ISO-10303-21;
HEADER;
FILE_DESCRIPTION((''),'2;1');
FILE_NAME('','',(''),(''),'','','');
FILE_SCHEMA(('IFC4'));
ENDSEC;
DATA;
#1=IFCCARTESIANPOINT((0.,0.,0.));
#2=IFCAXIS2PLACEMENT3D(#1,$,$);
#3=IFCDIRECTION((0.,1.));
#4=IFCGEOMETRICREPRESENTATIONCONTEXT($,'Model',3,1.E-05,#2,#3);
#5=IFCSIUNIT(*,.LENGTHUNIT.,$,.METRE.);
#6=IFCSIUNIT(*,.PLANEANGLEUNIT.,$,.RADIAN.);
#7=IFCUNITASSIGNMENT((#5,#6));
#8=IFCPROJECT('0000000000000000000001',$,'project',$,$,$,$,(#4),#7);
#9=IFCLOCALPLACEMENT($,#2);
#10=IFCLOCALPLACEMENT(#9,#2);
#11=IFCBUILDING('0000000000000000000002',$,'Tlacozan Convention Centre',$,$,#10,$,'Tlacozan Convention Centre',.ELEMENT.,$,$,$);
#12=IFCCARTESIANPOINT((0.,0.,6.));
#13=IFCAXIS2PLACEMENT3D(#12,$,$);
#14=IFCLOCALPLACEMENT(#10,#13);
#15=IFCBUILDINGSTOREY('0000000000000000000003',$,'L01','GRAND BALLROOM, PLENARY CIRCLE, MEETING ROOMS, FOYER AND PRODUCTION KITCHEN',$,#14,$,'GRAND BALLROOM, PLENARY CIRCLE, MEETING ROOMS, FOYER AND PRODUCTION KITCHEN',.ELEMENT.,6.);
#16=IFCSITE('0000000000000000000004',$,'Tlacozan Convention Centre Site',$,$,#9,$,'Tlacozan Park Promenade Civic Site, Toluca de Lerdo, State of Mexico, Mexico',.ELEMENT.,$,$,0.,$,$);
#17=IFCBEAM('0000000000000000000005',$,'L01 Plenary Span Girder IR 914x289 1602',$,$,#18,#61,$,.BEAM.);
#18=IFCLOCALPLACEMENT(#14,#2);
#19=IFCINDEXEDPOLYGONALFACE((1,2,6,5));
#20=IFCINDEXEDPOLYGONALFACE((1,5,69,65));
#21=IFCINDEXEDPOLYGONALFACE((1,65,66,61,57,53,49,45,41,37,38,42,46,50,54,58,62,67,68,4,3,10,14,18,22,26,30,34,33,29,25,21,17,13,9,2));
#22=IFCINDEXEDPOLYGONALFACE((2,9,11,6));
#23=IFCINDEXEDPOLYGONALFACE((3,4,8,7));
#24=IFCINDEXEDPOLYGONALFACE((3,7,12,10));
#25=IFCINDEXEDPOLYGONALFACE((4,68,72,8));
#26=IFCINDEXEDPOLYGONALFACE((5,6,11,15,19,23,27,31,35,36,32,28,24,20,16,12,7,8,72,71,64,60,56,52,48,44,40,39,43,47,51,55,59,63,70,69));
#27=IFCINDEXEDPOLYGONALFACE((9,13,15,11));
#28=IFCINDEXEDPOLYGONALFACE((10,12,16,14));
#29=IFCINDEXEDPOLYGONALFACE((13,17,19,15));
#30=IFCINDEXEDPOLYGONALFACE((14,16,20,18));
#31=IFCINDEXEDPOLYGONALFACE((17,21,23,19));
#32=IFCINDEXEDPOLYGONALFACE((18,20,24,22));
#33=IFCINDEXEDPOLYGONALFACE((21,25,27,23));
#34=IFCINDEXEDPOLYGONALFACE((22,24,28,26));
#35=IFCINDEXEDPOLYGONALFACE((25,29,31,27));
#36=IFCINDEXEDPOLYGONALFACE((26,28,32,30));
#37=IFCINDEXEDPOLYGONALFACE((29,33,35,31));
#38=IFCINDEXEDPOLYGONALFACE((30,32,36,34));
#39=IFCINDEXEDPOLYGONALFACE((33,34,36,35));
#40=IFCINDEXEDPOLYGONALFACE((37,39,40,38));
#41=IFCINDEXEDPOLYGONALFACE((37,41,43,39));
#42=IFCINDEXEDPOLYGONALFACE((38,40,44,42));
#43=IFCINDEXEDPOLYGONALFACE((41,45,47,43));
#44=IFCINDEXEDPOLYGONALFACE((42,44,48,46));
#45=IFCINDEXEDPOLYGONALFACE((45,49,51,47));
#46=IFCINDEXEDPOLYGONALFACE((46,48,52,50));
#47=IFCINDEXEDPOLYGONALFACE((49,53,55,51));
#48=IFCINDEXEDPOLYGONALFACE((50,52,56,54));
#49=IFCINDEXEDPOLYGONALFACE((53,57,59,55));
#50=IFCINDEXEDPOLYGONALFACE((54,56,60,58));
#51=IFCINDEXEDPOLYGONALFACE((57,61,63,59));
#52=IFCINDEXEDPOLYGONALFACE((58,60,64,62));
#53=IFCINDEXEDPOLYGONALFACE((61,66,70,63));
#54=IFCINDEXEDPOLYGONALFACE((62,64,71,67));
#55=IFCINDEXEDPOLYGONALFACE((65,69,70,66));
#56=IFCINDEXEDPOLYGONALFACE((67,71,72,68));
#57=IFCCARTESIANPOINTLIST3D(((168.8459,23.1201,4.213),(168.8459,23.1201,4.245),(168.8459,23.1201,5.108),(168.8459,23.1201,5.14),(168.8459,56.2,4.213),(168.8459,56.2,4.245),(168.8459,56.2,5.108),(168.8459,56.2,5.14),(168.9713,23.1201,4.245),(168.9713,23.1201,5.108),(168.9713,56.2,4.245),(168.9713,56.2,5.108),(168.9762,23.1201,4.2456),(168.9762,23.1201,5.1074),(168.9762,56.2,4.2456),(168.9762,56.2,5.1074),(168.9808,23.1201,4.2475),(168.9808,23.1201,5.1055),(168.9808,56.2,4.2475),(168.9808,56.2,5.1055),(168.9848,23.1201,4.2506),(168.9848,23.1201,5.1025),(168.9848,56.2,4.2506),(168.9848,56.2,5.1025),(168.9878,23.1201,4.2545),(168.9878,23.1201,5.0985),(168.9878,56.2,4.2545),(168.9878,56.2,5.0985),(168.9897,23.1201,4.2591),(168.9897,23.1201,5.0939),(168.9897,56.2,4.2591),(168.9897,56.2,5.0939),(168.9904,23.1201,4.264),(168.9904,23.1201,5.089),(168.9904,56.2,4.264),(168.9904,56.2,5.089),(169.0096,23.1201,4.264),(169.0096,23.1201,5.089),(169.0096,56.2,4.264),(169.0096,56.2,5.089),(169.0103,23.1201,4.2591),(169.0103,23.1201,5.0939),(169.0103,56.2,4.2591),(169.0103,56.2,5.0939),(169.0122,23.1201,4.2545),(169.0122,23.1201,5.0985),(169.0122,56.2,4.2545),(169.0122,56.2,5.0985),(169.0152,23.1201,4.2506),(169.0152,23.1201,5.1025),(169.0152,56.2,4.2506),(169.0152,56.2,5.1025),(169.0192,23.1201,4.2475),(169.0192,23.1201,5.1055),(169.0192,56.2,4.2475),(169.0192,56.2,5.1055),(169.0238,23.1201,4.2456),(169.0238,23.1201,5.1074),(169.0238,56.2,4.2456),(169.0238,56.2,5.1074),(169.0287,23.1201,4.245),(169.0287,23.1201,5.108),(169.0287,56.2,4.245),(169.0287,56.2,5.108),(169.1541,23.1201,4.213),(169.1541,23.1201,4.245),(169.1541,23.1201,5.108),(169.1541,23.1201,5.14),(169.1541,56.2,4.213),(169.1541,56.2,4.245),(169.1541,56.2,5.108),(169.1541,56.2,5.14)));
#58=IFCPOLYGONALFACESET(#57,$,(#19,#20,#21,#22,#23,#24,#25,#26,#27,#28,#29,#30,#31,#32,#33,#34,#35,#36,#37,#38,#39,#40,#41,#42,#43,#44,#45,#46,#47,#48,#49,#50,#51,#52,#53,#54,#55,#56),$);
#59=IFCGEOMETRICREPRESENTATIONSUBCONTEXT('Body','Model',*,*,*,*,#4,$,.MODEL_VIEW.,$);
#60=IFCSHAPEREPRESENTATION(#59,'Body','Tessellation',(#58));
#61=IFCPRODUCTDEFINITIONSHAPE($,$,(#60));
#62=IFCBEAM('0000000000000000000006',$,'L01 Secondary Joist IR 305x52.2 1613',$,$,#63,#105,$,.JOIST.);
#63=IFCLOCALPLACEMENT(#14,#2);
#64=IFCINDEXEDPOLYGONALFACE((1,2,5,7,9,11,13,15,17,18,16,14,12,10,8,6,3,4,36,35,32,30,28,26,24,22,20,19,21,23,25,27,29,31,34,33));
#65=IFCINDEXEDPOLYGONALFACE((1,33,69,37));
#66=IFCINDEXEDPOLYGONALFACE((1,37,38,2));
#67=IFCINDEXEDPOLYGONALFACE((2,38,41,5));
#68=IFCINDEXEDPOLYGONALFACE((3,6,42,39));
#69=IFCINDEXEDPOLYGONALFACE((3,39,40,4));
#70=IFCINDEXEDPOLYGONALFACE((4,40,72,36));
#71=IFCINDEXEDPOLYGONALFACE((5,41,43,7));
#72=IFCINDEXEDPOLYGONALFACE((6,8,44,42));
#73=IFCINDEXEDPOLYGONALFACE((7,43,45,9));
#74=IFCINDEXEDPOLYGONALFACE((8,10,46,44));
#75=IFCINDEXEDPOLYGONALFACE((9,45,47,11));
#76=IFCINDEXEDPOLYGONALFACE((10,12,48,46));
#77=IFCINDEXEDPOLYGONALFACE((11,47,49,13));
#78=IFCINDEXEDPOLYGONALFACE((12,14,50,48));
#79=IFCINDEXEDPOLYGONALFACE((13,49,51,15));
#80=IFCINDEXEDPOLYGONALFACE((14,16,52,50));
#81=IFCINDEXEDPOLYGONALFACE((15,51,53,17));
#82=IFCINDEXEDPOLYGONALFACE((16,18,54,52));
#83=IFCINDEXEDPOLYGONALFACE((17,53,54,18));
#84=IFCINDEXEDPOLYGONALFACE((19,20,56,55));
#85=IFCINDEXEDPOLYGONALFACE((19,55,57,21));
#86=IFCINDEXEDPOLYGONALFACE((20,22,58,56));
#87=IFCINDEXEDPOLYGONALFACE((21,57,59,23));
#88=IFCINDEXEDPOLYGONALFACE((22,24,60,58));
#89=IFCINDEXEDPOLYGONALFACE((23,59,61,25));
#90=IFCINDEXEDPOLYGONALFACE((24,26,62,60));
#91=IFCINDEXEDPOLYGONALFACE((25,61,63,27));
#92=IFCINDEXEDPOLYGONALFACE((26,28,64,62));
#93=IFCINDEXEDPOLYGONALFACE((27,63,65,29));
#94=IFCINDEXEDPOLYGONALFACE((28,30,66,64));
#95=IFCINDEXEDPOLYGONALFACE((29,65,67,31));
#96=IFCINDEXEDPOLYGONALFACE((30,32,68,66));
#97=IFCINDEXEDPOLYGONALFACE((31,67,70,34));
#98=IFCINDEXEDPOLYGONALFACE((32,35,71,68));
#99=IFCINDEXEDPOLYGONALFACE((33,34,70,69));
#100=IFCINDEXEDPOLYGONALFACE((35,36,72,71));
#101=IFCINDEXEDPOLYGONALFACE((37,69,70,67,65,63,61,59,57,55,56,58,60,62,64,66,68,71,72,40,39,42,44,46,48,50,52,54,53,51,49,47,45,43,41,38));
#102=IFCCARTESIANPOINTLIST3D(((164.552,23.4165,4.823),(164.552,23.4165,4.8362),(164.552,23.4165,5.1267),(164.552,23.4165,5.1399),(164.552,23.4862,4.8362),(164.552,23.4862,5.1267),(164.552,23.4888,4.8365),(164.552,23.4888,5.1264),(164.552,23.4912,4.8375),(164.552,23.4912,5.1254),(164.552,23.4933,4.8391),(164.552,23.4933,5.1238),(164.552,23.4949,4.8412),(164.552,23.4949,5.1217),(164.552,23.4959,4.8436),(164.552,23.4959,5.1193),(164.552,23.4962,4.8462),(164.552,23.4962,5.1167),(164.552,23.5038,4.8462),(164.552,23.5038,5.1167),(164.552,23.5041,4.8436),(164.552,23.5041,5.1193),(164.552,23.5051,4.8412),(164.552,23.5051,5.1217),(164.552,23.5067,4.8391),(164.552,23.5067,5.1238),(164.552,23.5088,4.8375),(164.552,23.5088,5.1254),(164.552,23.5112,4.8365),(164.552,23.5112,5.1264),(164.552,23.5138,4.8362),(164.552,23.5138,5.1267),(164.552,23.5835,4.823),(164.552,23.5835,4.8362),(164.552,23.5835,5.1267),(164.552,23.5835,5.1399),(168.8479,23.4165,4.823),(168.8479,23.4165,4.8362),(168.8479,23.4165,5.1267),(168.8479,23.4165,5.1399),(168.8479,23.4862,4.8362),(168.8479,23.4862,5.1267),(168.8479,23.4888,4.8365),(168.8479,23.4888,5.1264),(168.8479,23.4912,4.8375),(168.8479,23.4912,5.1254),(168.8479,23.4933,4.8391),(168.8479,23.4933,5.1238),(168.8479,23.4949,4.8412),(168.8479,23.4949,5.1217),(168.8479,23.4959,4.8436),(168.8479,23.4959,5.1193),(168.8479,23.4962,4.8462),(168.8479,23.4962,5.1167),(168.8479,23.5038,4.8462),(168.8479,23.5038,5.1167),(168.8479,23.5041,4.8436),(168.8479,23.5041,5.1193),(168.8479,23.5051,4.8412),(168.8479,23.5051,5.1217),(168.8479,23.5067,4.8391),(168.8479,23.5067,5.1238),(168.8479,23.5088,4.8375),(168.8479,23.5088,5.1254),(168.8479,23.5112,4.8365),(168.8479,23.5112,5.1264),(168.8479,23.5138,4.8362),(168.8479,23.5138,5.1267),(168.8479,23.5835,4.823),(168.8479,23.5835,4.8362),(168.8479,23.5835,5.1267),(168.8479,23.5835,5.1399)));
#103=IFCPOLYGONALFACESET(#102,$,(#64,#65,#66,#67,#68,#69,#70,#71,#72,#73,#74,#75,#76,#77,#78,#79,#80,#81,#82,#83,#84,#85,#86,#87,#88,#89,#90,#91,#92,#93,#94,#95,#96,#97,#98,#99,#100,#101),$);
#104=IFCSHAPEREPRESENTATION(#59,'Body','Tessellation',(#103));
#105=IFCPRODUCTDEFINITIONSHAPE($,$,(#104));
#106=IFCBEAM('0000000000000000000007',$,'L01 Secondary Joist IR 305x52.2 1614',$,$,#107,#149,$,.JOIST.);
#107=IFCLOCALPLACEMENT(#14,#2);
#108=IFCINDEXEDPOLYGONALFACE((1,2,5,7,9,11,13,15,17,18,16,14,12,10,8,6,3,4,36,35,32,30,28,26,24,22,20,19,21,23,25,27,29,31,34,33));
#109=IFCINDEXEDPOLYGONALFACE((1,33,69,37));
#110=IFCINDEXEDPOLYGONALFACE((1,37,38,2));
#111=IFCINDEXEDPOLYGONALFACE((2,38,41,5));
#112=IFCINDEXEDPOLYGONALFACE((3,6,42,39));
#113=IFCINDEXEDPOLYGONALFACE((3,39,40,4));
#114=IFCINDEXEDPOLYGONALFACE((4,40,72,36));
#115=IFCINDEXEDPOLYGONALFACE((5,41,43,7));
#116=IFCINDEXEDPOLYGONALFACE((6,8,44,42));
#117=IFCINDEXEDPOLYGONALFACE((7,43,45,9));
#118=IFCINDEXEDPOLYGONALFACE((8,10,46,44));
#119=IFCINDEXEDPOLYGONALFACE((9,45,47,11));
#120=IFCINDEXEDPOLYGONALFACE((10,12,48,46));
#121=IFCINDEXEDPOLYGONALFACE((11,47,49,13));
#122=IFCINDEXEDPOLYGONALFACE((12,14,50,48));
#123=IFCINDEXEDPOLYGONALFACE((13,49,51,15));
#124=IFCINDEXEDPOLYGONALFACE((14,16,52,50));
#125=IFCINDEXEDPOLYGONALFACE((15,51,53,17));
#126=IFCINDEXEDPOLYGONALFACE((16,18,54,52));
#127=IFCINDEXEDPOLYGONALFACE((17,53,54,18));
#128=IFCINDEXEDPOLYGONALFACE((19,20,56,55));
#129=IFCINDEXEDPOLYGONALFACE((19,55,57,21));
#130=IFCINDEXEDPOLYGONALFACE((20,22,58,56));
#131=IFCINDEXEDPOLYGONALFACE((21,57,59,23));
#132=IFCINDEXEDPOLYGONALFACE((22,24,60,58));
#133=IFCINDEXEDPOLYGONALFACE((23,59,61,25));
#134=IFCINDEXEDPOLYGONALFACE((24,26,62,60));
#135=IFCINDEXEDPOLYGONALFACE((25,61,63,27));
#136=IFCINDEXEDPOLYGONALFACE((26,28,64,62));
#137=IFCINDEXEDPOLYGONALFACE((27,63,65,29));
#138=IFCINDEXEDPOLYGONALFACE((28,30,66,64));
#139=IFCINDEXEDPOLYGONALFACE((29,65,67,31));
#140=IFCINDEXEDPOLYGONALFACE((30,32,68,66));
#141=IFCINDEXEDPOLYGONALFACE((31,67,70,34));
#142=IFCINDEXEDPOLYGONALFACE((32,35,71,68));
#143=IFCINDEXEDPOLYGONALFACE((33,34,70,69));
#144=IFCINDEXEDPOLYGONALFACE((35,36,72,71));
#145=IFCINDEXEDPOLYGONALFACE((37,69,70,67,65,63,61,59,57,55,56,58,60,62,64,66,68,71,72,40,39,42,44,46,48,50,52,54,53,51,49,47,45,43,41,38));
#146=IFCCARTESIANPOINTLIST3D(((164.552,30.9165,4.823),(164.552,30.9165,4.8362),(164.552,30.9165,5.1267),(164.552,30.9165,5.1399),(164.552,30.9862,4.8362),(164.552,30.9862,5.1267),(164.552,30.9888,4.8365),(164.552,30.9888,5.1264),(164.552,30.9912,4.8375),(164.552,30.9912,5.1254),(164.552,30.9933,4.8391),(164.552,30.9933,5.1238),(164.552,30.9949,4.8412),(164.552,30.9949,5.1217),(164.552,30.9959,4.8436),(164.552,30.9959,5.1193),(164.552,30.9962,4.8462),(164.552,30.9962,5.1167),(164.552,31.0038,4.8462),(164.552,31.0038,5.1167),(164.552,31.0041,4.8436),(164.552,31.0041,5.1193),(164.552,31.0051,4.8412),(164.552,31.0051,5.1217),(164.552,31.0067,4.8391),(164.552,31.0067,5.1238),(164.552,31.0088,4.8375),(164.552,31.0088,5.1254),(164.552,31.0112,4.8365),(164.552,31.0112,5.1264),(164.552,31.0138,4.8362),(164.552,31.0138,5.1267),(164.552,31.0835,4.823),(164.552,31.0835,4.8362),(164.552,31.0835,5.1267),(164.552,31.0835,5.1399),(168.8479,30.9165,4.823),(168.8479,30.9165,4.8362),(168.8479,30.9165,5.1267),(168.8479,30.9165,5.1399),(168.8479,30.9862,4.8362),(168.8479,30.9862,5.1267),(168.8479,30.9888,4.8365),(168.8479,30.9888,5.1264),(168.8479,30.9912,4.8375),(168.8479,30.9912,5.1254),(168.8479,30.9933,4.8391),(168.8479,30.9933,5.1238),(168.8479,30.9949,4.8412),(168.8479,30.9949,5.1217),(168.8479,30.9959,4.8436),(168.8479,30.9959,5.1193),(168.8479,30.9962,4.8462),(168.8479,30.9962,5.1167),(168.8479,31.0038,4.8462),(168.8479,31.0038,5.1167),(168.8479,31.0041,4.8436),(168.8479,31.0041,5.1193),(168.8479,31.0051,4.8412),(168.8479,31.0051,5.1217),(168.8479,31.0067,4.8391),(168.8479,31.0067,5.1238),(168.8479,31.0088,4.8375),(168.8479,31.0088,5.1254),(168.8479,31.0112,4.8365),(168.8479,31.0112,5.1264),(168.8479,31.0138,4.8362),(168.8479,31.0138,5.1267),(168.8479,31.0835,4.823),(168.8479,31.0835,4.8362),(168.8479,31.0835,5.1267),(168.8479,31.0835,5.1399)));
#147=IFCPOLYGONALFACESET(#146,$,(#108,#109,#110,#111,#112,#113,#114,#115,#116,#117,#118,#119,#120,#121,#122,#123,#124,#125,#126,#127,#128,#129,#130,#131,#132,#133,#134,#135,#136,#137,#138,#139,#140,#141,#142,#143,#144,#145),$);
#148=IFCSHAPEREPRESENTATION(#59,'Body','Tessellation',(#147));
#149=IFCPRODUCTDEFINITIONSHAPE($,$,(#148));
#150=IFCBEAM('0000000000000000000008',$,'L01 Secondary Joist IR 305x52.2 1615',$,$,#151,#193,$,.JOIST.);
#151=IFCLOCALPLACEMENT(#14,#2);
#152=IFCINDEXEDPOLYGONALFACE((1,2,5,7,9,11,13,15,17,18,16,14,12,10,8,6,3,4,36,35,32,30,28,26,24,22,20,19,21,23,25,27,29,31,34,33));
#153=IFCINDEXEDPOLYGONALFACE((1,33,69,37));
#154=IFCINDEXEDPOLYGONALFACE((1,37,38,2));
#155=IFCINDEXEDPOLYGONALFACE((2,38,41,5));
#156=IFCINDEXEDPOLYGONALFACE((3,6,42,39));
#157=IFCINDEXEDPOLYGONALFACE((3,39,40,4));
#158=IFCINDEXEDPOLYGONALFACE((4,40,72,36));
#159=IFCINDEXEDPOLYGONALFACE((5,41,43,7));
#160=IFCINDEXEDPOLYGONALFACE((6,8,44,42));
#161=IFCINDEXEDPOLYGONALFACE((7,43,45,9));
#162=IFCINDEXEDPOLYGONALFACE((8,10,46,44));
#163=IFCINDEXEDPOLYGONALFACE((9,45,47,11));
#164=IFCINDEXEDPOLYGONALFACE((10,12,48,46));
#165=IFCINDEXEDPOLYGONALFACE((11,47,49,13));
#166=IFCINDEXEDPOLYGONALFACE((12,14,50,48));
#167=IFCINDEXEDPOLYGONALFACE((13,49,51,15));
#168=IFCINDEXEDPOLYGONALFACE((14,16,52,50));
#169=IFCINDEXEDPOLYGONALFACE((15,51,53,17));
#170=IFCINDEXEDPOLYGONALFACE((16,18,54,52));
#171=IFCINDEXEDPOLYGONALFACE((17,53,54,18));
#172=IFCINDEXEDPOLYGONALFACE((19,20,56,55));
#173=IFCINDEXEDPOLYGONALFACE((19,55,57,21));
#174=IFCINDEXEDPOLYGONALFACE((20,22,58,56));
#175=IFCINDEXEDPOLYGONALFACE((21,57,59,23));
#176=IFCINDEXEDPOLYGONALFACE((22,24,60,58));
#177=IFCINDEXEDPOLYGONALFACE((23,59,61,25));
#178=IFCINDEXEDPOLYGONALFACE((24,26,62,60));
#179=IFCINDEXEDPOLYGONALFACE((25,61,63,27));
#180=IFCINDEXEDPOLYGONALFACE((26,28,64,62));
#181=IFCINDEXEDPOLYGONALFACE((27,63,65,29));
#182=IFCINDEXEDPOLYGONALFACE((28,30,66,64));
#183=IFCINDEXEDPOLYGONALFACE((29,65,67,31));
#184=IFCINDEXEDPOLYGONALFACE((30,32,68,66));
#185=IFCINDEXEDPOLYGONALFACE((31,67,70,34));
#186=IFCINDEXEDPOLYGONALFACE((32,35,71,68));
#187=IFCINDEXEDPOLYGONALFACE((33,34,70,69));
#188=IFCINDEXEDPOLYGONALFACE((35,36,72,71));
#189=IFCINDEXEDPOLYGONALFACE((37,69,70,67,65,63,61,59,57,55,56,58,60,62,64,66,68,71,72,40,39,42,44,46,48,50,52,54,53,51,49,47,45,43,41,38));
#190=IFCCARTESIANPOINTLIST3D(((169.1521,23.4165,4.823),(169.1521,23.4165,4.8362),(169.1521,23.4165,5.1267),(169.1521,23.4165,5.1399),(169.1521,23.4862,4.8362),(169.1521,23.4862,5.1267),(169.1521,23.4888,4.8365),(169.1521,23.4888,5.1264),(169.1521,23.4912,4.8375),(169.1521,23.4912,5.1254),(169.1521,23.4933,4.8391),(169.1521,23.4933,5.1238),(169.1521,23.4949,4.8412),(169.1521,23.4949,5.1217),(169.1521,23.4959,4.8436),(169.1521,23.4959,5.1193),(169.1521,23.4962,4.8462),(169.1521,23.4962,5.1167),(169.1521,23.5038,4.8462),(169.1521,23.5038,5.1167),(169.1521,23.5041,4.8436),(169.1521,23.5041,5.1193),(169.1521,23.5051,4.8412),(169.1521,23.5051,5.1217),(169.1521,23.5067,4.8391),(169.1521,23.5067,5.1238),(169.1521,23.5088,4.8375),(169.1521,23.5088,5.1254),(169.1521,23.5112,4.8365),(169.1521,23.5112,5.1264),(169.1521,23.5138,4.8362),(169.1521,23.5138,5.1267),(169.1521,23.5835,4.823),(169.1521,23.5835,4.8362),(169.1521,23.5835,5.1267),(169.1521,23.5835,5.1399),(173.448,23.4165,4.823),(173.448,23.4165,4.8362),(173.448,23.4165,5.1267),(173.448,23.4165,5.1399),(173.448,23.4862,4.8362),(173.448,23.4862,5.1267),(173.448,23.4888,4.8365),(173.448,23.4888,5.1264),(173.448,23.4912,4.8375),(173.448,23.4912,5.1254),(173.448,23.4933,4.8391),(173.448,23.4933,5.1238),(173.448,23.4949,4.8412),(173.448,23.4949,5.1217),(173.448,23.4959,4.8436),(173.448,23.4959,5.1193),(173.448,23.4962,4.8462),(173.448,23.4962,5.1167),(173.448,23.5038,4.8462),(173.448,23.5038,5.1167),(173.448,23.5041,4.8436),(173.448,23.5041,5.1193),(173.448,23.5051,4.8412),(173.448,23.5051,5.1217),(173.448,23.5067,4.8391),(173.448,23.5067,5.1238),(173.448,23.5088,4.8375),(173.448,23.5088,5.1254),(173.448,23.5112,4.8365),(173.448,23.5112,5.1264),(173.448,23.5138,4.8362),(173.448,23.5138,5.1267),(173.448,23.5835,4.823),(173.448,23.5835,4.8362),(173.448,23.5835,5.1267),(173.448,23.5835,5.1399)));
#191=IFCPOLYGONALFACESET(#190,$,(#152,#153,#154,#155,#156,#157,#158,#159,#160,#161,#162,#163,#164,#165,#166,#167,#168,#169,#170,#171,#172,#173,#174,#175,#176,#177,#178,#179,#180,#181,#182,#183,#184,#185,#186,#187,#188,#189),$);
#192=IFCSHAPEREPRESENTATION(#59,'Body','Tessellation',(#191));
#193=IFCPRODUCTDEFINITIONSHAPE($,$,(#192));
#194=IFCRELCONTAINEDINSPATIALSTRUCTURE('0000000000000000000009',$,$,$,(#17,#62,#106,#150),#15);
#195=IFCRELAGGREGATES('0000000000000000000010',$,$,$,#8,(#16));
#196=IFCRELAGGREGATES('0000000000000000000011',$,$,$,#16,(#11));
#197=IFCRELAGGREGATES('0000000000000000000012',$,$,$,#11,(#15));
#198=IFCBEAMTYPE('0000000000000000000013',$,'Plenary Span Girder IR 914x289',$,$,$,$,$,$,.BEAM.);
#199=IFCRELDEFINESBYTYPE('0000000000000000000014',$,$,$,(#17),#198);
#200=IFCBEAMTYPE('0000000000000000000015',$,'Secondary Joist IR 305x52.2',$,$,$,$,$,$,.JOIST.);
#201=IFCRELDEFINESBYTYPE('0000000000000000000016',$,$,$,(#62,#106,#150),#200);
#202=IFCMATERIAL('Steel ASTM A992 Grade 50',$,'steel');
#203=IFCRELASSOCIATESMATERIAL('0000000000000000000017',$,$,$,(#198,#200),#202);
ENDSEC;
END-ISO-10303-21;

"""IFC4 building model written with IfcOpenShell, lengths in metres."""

from ifc_helpers import new_model, si_unit, direction, frame, origin, origin_2d, place, context, subcontext, project, spatial, i_section, extrude, material, material_profile, profile_set, type_object, element, save


model = new_model("IFC4")

# Units and contexts
model_context = context("Model", 3, precision=1e-05, world=origin(), true_north=direction((0.0, 1.0)))
body_context = subcontext(model_context, "Body", "Model", "MODEL_VIEW")
ifc_project = project(units=[si_unit("LENGTHUNIT", "METRE"), si_unit("PLANEANGLEUNIT", "RADIAN")], contexts=[model_context])

# Site, building, storey
site_placement = place(None, origin())
site = spatial("IfcSite", under=ifc_project, at=site_placement, Name="Tlacozan Convention Centre Site", LongName="Tlacozan Park Promenade Civic Site, Toluca de Lerdo, State of Mexico, Mexico", CompositionType="ELEMENT", RefElevation=0.0)
building_placement = place(site_placement, origin())
building = spatial("IfcBuilding", under=site, at=building_placement, Name="Tlacozan Convention Centre", LongName="Tlacozan Convention Centre", CompositionType="ELEMENT")
storey_placement = place(building_placement, frame((0.0, 0.0, 6.0)))
storey = spatial("IfcBuildingStorey", under=building, at=storey_placement, Name="L01", Description="GRAND BALLROOM, PLENARY CIRCLE, MEETING ROOMS, FOYER AND PRODUCTION KITCHEN", LongName="GRAND BALLROOM, PLENARY CIRCLE, MEETING ROOMS, FOYER AND PRODUCTION KITCHEN", CompositionType="ELEMENT", Elevation=6.0)

# Beams
ifc_material_1 = material(Name="Steel ASTM A992 Grade 50", Category="steel")
ifc_material_profile_1 = material_profile(ifc_material_1, i_section(OverallWidth=0.3081, OverallDepth=0.927, WebThickness=0.0193, FlangeThickness=0.032, FilletRadius=0.019, at=origin_2d()), Name="IR 914x289.0")
ifc_profile_set_1 = profile_set([ifc_material_profile_1], Name="Steel ASTM A992 Grade 50")
beam_type_1 = type_object("IfcBeamType", Name="Plenary Span Girder IR 914x289", PredefinedType="BEAM", material=ifc_profile_set_1)
beam_1_placement = place(storey_placement, frame((169.0, 23.1201, 4.6765), z_axis=(0.0, 1.0, 0.0), x_axis=(-1.0, 0.0, 0.0)))
element("IfcBeam", 1, at=beam_1_placement, inside=storey, type_object=beam_type_1, Name="L01 Plenary Span Girder IR 914x289 1602", PredefinedType="BEAM", context=body_context, shape_type="SweptSolid", body=[
    extrude(i_section(OverallWidth=0.3081, OverallDepth=0.927, WebThickness=0.0193, FlangeThickness=0.032, FilletRadius=0.019, at=origin_2d()), origin(), (0.0, 0.0, 1.0), 33.0798),
])
ifc_material_profile_2 = material_profile(ifc_material_1, i_section(OverallWidth=0.167, OverallDepth=0.3169, WebThickness=0.0076, FlangeThickness=0.0132, FilletRadius=0.01, at=origin_2d()), Name="IR 305x52.2")
ifc_profile_set_2 = profile_set([ifc_material_profile_2], Name="Steel ASTM A992 Grade 50")
beam_type_2 = type_object("IfcBeamType", Name="Secondary Joist IR 305x52.2", PredefinedType="JOIST", material=ifc_profile_set_2)
for number, where, z_axis, x_axis, name in (
    (2, (164.552, 23.5, 4.9814), (1.0, 0.0, 0.0), (0.0, 1.0, 0.0), "L01 Secondary Joist IR 305x52.2 1613"),
    (3, (164.552, 31.0, 4.9814), (1.0, 0.0, 0.0), (0.0, 1.0, 0.0), "L01 Secondary Joist IR 305x52.2 1614"),
    (4, (169.1521, 23.5, 4.9814), (1.0, 0.0, 0.0), (0.0, 1.0, 0.0), "L01 Secondary Joist IR 305x52.2 1615"),
):
    element("IfcBeam", number, at=place(storey_placement, frame(where, z_axis=z_axis, x_axis=x_axis)), inside=storey, type_object=beam_type_2, Name=name, PredefinedType="JOIST", context=body_context, shape_type="SweptSolid", body=[
        extrude(i_section(OverallWidth=0.167, OverallDepth=0.3169, WebThickness=0.0076, FlangeThickness=0.0132, FilletRadius=0.01, at=origin_2d()), origin(), (0.0, 0.0, 1.0), 4.2959),
    ])

save(model, "model.ifc")
